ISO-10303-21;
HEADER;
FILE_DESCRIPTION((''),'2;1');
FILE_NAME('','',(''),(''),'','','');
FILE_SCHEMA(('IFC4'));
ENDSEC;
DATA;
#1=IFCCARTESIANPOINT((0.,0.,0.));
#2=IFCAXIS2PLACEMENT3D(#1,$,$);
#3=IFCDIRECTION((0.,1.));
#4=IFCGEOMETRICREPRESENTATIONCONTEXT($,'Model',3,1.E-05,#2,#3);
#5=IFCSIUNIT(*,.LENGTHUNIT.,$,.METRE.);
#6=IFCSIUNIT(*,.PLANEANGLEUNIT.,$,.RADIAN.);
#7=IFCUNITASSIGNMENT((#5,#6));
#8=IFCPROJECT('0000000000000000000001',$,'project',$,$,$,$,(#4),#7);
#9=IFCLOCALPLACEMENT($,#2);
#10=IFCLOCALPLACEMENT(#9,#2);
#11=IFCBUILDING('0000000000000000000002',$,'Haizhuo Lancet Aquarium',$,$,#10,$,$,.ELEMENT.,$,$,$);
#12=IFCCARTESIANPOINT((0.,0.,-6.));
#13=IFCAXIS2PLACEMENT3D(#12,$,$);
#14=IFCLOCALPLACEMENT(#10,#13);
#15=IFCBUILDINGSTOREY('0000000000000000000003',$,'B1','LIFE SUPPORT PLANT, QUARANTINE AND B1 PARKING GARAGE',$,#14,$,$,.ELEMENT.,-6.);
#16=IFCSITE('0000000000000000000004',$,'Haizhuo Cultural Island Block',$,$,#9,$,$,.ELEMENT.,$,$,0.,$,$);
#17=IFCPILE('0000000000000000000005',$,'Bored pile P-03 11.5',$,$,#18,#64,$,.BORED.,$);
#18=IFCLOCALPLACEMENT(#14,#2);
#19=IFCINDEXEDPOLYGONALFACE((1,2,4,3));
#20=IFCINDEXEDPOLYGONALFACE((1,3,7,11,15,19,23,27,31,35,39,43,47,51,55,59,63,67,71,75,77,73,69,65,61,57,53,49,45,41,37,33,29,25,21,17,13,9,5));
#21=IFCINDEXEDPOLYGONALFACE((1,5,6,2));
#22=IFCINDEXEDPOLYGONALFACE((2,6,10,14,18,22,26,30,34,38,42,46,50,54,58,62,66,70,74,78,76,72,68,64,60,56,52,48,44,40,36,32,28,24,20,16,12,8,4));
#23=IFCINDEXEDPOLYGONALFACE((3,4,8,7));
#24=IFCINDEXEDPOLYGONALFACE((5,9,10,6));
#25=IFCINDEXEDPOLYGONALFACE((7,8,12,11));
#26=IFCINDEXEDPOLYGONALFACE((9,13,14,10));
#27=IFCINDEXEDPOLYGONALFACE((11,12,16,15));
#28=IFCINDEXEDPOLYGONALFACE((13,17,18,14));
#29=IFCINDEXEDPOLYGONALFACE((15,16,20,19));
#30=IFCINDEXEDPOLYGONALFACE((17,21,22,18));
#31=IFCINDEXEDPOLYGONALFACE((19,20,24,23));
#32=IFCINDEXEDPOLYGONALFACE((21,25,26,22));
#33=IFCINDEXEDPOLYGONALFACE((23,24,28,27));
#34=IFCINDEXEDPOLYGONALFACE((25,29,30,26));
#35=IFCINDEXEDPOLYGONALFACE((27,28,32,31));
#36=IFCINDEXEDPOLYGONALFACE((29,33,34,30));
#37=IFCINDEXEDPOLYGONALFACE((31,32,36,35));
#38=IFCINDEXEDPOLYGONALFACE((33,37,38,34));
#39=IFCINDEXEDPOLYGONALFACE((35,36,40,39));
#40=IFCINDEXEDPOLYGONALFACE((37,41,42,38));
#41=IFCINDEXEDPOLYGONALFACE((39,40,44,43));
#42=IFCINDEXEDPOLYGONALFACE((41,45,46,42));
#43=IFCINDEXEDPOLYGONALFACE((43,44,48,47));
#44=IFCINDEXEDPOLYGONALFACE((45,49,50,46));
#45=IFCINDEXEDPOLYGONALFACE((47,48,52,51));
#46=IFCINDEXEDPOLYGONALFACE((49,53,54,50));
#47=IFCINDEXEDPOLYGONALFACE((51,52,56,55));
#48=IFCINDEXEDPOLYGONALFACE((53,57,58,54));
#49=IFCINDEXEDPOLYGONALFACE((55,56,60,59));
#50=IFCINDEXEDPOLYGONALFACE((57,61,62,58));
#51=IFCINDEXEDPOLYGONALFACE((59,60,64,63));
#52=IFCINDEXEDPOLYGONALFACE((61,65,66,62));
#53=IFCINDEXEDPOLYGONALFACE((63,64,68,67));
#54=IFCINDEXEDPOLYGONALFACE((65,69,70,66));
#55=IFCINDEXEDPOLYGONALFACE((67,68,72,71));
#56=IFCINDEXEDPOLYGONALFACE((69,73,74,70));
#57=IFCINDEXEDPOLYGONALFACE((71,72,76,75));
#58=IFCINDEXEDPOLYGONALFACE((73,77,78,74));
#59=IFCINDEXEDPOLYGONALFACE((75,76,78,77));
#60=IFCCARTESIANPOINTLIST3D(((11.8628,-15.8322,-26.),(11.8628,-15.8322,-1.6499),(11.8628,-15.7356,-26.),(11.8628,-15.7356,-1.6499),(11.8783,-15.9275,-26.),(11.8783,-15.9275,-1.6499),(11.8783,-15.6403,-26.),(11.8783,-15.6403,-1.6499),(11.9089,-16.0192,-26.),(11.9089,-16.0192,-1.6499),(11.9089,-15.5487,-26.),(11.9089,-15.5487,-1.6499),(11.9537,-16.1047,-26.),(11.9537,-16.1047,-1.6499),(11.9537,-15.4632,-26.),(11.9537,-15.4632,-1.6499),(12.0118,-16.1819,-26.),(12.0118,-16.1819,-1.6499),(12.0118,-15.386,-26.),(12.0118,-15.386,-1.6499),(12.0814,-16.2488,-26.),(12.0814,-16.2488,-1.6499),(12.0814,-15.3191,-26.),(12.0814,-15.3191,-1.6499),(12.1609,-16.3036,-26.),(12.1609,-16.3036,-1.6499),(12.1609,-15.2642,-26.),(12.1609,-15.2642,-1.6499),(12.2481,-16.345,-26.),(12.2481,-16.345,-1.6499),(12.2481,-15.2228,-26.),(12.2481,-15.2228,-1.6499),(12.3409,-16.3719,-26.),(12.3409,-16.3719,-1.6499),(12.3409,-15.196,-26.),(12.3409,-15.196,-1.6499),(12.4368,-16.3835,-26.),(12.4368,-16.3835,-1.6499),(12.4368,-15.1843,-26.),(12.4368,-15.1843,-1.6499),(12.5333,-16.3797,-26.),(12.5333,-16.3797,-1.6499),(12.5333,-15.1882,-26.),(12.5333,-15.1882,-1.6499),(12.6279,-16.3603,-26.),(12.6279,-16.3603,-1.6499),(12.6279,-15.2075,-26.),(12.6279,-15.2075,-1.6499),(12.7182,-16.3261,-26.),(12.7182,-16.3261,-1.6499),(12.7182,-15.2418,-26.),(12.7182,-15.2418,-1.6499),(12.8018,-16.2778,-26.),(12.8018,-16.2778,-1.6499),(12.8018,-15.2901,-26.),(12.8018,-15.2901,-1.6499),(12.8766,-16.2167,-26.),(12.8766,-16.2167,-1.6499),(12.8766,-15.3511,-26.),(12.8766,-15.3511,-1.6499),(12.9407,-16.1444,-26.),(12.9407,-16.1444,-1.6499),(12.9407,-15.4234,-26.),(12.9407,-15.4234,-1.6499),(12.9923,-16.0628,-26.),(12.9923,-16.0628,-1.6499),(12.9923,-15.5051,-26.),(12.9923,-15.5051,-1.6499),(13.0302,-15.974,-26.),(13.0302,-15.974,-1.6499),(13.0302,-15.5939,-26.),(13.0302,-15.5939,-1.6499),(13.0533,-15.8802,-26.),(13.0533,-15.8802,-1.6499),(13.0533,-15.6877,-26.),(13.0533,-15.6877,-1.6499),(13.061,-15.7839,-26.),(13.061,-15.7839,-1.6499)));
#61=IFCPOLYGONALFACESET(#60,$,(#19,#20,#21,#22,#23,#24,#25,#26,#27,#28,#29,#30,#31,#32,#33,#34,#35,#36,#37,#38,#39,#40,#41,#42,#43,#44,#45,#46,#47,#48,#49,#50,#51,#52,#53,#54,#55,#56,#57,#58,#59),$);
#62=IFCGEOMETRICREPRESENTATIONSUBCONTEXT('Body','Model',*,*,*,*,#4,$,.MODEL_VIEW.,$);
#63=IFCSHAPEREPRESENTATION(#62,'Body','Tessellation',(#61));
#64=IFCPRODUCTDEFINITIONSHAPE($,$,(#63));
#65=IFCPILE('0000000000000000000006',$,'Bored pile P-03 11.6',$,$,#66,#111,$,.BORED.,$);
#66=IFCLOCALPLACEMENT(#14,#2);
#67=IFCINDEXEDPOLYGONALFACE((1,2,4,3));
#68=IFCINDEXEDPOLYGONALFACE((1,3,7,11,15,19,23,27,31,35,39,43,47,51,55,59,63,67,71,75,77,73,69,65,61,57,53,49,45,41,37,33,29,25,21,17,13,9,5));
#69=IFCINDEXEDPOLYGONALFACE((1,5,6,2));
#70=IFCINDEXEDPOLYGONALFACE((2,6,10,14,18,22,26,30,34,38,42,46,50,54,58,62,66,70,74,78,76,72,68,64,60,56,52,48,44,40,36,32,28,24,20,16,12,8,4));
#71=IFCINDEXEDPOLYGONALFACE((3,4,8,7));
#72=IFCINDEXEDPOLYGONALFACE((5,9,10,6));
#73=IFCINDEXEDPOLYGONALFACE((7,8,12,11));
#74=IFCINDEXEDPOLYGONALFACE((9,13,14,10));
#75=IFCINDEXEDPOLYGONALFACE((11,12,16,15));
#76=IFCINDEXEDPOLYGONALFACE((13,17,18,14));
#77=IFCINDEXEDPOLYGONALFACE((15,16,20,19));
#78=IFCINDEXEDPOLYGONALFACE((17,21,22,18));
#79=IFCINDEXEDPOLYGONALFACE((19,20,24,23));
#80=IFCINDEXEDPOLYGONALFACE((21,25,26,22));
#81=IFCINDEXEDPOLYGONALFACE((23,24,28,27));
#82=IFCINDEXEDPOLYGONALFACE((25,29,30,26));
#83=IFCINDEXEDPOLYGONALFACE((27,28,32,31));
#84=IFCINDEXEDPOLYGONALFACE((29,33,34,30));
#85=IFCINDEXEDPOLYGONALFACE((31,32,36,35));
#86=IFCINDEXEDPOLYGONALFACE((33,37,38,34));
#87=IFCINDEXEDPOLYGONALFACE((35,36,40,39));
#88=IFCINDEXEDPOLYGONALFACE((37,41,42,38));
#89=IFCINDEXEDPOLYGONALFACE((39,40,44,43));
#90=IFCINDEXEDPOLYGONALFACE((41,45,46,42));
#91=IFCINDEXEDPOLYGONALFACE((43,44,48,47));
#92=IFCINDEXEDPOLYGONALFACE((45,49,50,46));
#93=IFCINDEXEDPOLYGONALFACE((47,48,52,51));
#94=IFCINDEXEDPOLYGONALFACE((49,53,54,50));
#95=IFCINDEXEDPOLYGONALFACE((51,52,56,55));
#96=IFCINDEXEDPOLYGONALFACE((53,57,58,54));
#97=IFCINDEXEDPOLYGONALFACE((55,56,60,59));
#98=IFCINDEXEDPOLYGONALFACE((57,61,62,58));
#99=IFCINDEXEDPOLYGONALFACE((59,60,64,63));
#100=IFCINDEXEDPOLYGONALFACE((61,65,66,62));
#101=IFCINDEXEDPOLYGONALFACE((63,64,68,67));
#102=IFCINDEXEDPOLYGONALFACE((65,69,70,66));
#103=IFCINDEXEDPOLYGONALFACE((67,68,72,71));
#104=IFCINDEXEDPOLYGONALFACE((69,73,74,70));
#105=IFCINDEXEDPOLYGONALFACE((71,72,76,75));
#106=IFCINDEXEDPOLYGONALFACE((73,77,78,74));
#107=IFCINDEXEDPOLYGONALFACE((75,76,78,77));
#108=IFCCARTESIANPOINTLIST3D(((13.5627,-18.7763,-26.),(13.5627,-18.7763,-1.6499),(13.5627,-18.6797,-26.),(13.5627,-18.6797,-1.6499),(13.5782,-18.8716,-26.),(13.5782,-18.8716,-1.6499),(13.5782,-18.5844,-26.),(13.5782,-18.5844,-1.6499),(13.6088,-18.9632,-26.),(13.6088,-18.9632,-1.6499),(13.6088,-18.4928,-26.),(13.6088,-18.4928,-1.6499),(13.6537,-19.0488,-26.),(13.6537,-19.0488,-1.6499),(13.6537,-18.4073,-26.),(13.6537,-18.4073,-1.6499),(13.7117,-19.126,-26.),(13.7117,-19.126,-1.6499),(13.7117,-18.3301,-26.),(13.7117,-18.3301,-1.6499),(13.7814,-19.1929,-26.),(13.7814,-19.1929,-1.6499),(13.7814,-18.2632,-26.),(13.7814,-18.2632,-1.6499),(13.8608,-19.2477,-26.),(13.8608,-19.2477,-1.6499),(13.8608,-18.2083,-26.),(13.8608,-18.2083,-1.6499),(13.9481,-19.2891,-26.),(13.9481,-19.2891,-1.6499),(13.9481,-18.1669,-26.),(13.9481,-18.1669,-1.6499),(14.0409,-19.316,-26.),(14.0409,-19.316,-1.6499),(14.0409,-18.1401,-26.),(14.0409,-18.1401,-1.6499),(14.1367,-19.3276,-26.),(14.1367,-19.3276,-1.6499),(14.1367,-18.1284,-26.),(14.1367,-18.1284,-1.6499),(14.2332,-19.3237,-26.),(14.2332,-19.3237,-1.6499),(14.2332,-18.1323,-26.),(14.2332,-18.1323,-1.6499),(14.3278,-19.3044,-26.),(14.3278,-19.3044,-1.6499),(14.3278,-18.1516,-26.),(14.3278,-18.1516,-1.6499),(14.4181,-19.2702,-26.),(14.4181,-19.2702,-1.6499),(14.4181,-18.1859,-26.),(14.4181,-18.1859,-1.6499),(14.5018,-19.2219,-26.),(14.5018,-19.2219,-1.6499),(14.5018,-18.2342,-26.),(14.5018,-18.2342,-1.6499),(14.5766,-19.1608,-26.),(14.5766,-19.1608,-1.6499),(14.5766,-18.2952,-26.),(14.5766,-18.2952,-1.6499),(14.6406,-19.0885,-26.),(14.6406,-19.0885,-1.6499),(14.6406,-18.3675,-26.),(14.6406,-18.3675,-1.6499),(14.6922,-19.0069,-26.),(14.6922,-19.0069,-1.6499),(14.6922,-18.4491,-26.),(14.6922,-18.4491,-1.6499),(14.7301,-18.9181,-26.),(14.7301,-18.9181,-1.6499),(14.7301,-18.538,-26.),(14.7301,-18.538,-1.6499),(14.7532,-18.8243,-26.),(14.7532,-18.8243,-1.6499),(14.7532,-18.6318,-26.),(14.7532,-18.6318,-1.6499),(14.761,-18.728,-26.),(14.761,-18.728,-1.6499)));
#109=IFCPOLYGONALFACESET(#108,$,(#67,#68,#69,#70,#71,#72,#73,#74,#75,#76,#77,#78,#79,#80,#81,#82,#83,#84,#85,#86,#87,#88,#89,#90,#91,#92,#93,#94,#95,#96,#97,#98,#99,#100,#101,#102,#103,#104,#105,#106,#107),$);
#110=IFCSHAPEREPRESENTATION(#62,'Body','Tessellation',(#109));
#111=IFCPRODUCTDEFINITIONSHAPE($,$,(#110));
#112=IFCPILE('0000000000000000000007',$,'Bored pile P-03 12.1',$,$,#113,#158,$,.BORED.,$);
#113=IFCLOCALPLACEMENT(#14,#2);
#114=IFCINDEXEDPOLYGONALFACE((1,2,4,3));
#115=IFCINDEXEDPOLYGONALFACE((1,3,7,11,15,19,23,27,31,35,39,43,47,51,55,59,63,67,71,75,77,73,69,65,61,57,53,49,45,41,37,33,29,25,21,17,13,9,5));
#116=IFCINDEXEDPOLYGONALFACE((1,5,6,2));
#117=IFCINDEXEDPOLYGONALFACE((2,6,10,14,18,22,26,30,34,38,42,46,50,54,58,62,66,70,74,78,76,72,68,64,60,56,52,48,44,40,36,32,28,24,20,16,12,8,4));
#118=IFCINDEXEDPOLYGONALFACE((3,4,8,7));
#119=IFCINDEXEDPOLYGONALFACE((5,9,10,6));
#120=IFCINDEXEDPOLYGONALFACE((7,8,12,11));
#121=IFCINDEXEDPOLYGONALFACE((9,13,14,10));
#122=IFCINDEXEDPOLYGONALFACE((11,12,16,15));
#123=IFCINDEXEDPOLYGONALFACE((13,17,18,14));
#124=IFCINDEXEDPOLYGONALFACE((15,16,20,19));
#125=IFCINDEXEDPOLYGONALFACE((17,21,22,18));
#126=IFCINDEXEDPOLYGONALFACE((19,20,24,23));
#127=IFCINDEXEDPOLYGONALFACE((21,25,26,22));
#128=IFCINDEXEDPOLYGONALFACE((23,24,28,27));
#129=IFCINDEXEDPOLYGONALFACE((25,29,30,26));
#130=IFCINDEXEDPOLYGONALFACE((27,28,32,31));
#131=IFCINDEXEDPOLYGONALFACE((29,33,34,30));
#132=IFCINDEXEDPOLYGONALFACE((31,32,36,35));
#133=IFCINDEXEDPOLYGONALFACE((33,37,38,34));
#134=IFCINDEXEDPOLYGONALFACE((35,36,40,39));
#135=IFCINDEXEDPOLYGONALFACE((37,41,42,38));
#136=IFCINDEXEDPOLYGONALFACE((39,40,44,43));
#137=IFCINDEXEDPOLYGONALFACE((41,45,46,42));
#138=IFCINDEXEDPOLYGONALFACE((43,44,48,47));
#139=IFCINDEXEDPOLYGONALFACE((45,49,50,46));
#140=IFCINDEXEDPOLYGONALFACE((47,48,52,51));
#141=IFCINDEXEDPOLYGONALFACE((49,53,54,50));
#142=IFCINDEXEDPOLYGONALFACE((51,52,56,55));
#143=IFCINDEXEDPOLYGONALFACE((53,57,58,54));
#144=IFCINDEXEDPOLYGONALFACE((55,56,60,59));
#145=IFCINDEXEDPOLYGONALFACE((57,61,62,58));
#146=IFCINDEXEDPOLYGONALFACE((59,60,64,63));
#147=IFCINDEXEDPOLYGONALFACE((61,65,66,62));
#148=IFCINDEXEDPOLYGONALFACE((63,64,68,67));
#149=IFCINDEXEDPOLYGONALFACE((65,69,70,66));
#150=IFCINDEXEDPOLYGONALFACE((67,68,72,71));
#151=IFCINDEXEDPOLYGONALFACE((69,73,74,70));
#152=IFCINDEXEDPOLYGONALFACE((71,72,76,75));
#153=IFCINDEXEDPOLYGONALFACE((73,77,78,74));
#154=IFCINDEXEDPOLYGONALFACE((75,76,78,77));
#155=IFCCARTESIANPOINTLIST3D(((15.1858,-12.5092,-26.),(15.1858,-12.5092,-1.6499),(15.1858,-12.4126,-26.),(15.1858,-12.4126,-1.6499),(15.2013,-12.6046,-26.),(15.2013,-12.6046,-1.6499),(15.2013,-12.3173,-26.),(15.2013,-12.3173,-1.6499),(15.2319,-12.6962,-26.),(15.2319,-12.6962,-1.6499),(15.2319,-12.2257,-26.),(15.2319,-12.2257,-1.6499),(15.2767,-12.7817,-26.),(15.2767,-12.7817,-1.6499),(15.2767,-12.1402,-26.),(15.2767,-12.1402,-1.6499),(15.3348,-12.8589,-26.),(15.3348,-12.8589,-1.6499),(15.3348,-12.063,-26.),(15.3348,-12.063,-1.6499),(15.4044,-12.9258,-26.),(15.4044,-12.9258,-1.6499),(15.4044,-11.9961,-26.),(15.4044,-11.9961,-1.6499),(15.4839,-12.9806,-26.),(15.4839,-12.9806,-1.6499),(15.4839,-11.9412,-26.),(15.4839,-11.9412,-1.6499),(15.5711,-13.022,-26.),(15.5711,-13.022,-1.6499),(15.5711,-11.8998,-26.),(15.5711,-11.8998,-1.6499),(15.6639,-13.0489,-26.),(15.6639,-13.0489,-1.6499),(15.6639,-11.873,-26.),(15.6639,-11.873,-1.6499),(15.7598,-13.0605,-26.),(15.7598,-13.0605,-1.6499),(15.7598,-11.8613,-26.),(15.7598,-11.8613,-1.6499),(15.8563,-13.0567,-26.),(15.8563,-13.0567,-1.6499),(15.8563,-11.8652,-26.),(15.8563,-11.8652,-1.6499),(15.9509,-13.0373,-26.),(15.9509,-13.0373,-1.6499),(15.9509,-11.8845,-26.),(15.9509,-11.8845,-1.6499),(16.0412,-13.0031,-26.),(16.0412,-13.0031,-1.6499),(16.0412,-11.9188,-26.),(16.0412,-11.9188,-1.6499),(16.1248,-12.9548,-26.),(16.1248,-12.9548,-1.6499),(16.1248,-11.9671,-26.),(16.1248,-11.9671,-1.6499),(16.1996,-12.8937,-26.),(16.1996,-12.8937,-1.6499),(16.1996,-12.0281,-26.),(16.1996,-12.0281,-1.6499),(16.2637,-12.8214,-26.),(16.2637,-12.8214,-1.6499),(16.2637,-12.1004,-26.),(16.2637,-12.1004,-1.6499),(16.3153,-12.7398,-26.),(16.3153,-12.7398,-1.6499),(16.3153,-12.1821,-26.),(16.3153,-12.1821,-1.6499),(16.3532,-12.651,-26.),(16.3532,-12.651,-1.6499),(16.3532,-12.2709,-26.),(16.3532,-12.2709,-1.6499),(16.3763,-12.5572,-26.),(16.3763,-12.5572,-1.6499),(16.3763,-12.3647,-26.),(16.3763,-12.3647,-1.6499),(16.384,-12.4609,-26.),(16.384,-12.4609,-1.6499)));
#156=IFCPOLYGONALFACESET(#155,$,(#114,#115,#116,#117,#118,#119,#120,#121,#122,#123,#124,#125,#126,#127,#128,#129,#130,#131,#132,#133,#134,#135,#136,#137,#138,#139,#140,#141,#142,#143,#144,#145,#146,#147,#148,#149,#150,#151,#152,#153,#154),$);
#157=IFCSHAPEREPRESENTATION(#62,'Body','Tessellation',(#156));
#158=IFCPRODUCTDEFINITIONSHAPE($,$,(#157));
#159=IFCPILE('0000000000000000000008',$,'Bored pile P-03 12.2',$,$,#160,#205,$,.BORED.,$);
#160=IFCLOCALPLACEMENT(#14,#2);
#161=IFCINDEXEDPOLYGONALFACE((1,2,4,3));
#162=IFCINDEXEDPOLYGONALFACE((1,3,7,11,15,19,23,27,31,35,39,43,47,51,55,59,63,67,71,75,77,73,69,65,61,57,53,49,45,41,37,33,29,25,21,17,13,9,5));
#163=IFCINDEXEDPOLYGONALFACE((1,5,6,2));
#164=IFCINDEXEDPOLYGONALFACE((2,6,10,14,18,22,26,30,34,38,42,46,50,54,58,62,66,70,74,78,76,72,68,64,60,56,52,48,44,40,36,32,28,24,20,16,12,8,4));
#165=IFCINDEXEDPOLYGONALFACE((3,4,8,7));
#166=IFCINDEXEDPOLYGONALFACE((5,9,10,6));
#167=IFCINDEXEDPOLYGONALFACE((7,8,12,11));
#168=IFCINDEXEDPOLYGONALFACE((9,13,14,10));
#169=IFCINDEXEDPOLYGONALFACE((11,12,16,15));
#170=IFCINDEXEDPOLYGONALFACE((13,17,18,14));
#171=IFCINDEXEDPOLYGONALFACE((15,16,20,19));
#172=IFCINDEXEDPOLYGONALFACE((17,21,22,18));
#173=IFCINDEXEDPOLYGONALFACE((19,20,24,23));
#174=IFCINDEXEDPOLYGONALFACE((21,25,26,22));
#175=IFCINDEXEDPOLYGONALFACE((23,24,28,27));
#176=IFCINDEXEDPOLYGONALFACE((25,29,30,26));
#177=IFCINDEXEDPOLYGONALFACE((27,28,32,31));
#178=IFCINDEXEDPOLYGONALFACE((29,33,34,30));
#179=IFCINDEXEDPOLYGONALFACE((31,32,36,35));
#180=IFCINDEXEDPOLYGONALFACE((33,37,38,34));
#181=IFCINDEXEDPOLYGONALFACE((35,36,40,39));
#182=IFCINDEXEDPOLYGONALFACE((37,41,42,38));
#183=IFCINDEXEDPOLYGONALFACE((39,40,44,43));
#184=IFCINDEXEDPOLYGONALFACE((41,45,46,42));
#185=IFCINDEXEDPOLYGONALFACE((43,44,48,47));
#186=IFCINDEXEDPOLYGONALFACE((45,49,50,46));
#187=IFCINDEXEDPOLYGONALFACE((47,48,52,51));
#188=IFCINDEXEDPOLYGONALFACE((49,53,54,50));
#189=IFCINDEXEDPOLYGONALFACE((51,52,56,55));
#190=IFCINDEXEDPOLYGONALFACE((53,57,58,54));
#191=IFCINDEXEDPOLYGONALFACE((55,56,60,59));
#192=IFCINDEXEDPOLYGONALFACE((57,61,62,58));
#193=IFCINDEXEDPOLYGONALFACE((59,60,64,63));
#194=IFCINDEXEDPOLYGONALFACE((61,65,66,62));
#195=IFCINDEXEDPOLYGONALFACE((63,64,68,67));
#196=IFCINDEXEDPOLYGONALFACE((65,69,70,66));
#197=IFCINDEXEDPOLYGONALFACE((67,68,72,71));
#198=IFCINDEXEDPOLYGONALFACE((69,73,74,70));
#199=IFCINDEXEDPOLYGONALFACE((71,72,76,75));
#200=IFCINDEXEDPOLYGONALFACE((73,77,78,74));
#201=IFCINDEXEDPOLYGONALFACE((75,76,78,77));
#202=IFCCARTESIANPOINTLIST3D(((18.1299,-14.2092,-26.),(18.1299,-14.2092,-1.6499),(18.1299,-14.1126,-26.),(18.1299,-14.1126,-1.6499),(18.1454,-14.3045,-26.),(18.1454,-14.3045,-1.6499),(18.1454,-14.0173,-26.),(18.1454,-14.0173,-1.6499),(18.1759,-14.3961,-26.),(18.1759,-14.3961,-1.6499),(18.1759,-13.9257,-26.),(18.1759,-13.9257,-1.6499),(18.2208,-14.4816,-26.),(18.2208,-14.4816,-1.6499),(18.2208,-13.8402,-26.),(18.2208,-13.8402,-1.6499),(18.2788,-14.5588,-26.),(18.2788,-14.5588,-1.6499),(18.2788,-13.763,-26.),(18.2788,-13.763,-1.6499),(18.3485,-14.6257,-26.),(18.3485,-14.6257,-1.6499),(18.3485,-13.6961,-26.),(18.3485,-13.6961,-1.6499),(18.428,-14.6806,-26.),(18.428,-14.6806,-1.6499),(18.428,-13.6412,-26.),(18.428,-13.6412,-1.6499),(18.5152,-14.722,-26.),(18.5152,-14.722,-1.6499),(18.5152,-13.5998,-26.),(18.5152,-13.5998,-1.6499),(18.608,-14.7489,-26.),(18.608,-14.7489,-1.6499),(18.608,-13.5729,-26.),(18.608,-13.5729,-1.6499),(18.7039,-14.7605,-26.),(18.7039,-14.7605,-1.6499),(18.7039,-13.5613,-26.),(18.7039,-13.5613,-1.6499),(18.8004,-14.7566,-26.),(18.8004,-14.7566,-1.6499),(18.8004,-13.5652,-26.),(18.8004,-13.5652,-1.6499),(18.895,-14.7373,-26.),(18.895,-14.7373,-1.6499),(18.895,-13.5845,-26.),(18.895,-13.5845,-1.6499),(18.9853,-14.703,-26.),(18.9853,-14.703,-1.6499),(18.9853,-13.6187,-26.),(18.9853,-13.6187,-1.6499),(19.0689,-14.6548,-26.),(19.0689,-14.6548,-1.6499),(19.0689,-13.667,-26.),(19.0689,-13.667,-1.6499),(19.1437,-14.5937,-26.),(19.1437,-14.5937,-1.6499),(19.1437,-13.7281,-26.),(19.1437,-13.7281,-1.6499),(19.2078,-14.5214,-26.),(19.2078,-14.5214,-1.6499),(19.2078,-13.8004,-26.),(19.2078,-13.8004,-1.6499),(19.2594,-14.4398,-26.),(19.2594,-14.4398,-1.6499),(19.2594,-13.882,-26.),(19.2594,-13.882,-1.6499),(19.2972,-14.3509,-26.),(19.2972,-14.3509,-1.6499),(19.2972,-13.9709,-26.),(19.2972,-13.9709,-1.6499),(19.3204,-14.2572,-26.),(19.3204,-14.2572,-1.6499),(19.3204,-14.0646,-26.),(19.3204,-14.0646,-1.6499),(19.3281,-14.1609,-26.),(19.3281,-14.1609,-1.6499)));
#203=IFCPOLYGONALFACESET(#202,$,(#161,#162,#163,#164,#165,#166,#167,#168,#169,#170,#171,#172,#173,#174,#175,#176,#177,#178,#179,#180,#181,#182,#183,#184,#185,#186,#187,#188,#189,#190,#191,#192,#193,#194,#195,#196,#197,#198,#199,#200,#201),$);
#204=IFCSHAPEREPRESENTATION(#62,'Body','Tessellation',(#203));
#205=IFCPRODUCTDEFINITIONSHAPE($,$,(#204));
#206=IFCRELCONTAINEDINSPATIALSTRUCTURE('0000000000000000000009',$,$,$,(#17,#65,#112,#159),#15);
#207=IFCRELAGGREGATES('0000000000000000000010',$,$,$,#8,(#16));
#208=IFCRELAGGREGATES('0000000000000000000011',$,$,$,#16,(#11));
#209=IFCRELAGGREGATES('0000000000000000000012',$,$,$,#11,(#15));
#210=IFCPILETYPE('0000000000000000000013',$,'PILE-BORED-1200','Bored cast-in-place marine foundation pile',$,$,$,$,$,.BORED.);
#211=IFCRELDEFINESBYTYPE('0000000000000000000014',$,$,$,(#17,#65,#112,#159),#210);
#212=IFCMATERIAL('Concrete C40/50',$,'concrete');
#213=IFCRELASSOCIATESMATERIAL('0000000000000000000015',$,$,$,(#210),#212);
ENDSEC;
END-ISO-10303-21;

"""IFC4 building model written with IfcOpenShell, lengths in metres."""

from ifc_helpers import new_model, si_unit, direction, frame, origin, origin_2d, place, context, subcontext, project, spatial, circle, extrude, material, material_profile, profile_set, type_object, element, save


model = new_model("IFC4")

# Units and contexts
model_context = context("Model", 3, precision=1e-05, world=origin(), true_north=direction((0.0, 1.0)))
body_context = subcontext(model_context, "Body", "Model", "MODEL_VIEW")
ifc_project = project(units=[si_unit("LENGTHUNIT", "METRE"), si_unit("PLANEANGLEUNIT", "RADIAN")], contexts=[model_context])

# Site, building, storey
site_placement = place(None, origin())
site = spatial("IfcSite", under=ifc_project, at=site_placement, Name="Haizhuo Cultural Island Block", CompositionType="ELEMENT", RefElevation=0.0)
building_placement = place(site_placement, origin())
building = spatial("IfcBuilding", under=site, at=building_placement, Name="Haizhuo Lancet Aquarium", CompositionType="ELEMENT")
storey_placement = place(building_placement, frame((0.0, 0.0, -6.0)))
storey = spatial("IfcBuildingStorey", under=building, at=storey_placement, Name="B1", Description="LIFE SUPPORT PLANT, QUARANTINE AND B1 PARKING GARAGE", CompositionType="ELEMENT", Elevation=-6.0)

# Shared definitions
ifc_material_1 = material(Name="Concrete C40/50", Category="concrete")

# Piles
ifc_material_profile_1 = material_profile(ifc_material_1, circle(Radius=0.6001, at=origin_2d()), Name="PILE-1200")
ifc_profile_set_1 = profile_set([ifc_material_profile_1], Name="Concrete C40/50")
pile_type_1 = type_object("IfcPileType", Name="PILE-BORED-1200", Description="Bored cast-in-place marine foundation pile", PredefinedType="BORED", material=ifc_profile_set_1)
for number, where, z_axis, x_axis, name in (
    (1, (12.4609, -15.7839, -1.6499), (0.0, 0.0, -1.0), (1.0, 0.0, 0.0), "Bored pile P-03 11.5"),
    (2, (14.1609, -18.728, -1.6499), (0.0, 0.0, -1.0), (1.0, 0.0, 0.0), "Bored pile P-03 11.6"),
    (3, (15.7839, -12.4609, -1.6499), (0.0, 0.0, -1.0), (1.0, 0.0, 0.0), "Bored pile P-03 12.1"),
    (4, (18.728, -14.1609, -1.6499), (0.0, 0.0, -1.0), (1.0, 0.0, 0.0), "Bored pile P-03 12.2"),
):
    element("IfcPile", number, at=place(storey_placement, frame(where, z_axis=z_axis, x_axis=x_axis)), inside=storey, type_object=pile_type_1, Name=name, PredefinedType="BORED", context=body_context, shape_type="SweptSolid", body=[
        extrude(circle(Radius=0.6001, at=origin_2d()), origin(), (0.0, 0.0, 1.0), 24.3501),
    ])

save(model, "model.ifc")
